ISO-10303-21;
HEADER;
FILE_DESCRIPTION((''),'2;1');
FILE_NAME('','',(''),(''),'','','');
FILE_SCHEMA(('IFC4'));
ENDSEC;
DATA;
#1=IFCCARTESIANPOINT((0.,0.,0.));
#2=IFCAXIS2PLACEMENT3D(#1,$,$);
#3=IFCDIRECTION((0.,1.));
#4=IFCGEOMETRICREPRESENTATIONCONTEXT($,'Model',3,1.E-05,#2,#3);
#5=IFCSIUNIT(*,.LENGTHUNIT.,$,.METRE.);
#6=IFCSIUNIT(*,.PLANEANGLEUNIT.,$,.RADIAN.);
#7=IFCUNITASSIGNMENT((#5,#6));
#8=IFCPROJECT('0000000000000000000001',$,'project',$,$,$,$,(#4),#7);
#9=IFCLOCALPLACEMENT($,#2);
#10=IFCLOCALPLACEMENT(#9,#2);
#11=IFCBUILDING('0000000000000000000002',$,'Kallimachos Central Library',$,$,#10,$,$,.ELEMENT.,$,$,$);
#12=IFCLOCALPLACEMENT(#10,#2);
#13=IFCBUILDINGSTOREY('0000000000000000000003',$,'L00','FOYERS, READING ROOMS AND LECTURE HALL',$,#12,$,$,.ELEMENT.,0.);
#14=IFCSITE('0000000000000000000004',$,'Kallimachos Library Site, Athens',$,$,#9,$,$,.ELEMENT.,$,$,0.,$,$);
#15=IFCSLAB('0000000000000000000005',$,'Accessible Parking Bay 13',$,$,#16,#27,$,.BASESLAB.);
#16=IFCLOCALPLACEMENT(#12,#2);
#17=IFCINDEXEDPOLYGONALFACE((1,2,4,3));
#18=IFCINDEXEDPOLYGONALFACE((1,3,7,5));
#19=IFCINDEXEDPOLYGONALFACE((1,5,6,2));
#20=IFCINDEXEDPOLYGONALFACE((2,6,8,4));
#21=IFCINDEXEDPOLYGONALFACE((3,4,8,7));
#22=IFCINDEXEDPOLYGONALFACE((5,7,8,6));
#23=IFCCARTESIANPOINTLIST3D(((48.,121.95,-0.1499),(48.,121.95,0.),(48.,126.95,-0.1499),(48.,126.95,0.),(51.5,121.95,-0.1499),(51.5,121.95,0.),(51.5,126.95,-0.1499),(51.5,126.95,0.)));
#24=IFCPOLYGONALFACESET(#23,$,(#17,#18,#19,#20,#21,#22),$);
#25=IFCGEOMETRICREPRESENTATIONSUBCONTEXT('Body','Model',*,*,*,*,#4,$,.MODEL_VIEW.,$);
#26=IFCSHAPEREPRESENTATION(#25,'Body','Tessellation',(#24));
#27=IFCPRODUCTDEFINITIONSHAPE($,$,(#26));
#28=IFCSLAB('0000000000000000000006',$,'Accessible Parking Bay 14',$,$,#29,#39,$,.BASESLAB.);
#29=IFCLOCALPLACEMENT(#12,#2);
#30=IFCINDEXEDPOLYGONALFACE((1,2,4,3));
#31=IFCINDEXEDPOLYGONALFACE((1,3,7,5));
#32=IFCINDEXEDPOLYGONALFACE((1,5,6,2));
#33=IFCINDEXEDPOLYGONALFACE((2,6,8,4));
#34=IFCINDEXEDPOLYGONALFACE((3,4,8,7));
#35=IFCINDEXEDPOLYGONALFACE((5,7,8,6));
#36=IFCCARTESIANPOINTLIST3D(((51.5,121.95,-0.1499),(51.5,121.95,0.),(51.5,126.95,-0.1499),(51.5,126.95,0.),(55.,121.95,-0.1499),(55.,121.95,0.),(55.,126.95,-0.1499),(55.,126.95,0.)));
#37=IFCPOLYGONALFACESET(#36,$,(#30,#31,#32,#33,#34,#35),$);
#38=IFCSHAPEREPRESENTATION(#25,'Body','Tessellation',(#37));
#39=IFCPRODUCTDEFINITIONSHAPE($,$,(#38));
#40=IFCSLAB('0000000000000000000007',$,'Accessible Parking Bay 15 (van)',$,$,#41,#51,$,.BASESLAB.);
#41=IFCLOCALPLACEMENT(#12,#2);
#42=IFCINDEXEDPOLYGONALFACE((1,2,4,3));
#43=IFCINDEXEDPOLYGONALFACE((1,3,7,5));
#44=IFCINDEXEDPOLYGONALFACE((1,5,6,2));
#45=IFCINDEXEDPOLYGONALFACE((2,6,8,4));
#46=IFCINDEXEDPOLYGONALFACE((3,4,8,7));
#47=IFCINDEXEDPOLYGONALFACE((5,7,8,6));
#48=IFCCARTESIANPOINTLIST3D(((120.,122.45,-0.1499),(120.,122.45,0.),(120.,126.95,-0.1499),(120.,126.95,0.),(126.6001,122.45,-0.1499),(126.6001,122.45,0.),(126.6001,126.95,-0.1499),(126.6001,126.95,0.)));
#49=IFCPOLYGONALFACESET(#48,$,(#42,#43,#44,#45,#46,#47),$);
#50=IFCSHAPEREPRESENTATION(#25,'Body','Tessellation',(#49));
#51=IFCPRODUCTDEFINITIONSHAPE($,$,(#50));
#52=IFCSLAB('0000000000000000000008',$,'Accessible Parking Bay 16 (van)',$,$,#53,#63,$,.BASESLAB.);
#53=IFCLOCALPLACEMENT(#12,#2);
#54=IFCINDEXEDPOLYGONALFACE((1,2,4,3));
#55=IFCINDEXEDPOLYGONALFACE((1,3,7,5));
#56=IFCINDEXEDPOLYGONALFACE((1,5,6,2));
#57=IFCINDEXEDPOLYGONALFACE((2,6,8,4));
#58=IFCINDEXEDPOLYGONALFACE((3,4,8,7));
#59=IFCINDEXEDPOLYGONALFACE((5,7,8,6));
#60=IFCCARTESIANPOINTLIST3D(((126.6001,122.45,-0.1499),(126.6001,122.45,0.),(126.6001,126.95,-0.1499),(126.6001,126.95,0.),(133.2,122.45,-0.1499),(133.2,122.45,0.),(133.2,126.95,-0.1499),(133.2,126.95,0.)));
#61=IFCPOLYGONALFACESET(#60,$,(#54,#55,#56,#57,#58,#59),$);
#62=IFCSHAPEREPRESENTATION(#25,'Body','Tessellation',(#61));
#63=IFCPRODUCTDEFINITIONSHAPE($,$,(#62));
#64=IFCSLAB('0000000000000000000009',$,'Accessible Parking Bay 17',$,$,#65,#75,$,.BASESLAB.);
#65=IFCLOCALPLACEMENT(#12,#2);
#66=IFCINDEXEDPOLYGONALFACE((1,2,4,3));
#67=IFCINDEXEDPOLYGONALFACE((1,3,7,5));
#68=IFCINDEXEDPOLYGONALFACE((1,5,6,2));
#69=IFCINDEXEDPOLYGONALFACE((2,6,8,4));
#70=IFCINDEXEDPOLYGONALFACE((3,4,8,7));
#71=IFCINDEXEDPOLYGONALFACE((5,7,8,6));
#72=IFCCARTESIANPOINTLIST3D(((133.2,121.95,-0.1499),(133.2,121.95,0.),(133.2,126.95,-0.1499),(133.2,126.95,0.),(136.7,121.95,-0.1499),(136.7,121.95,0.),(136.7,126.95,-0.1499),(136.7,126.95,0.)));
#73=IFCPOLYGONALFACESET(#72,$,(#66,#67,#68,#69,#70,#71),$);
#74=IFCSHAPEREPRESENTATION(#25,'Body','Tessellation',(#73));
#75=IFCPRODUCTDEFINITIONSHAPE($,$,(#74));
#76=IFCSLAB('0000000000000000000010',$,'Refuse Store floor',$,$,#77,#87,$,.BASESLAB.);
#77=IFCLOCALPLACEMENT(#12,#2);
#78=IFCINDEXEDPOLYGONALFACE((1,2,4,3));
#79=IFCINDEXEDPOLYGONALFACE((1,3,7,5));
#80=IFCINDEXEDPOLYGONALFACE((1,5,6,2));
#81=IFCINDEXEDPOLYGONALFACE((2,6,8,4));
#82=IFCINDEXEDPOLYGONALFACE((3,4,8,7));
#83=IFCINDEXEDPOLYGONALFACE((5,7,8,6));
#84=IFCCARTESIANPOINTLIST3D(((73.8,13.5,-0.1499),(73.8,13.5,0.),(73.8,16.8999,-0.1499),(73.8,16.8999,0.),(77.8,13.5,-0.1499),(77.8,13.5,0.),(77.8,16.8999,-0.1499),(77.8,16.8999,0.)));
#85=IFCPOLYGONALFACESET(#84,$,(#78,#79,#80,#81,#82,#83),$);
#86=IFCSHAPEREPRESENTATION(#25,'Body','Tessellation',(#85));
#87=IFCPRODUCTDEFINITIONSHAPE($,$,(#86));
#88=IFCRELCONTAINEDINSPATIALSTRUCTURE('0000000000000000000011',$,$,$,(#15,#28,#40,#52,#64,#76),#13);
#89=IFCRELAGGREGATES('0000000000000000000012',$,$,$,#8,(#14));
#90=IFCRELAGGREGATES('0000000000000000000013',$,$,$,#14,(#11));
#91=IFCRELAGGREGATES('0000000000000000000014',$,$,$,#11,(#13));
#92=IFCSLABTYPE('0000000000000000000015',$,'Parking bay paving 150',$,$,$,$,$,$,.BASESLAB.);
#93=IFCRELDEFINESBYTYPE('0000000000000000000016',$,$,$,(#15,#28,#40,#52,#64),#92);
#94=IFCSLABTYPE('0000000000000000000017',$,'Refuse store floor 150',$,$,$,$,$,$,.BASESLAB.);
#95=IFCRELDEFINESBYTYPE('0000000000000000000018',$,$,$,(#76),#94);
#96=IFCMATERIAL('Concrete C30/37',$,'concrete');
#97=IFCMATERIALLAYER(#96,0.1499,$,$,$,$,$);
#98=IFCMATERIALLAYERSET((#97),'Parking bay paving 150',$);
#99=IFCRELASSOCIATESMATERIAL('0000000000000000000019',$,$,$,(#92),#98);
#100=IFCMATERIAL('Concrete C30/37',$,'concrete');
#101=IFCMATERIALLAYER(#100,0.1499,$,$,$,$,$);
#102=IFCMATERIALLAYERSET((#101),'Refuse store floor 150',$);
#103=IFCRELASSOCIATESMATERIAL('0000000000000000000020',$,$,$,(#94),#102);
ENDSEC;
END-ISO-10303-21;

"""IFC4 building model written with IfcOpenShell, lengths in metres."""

from ifc_helpers import new_model, si_unit, direction, frame, origin, place, context, subcontext, project, spatial, polyline, outline, extrude, material, layer, layer_set, type_object, element, save


model = new_model("IFC4")

# Units and contexts
model_context = context("Model", 3, precision=1e-05, world=origin(), true_north=direction((0.0, 1.0)))
body_context = subcontext(model_context, "Body", "Model", "MODEL_VIEW")
ifc_project = project(units=[si_unit("LENGTHUNIT", "METRE"), si_unit("PLANEANGLEUNIT", "RADIAN")], contexts=[model_context])

# Site, building, storey
site_placement = place(None, origin())
site = spatial("IfcSite", under=ifc_project, at=site_placement, Name="Kallimachos Library Site, Athens", CompositionType="ELEMENT", RefElevation=0.0)
building_placement = place(site_placement, origin())
building = spatial("IfcBuilding", under=site, at=building_placement, Name="Kallimachos Central Library", CompositionType="ELEMENT")
storey_placement = place(building_placement, origin())
storey = spatial("IfcBuildingStorey", under=building, at=storey_placement, Name="L00", Description="FOYERS, READING ROOMS AND LECTURE HALL", CompositionType="ELEMENT", Elevation=0.0)

# Slabs
ifc_material_1 = material(Name="Concrete C30/37", Category="concrete")
ifc_layer_1 = layer(ifc_material_1, 0.1499)
ifc_layer_set_1 = layer_set([ifc_layer_1], Name="Parking bay paving 150")
slab_type_1 = type_object("IfcSlabType", Name="Parking bay paving 150", PredefinedType="BASESLAB", material=ifc_layer_set_1)
slab_1_placement = place(storey_placement, frame((0.0, 0.0, -0.1499)))
element("IfcSlab", 1, at=slab_1_placement, inside=storey, type_object=slab_type_1, Name="Accessible Parking Bay 13", PredefinedType="BASESLAB", context=body_context, shape_type="SweptSolid", body=[
    extrude(outline(polyline([(51.5, 126.95), (51.5, 121.95), (48.0, 121.95), (48.0, 126.95), (51.5, 126.95)])), origin(), (0.0, 0.0, 1.0), 0.1499),
])
slab_2_placement = place(storey_placement, frame((0.0, 0.0, -0.1499)))
element("IfcSlab", 2, at=slab_2_placement, inside=storey, type_object=slab_type_1, Name="Accessible Parking Bay 14", PredefinedType="BASESLAB", context=body_context, shape_type="SweptSolid", body=[
    extrude(outline(polyline([(55.0, 126.95), (55.0, 121.95), (51.5, 121.95), (51.5, 126.95), (55.0, 126.95)])), origin(), (0.0, 0.0, 1.0), 0.1499),
])
slab_3_placement = place(storey_placement, frame((0.0, 0.0, -0.1499)))
element("IfcSlab", 3, at=slab_3_placement, inside=storey, type_object=slab_type_1, Name="Accessible Parking Bay 15 (van)", PredefinedType="BASESLAB", context=body_context, shape_type="SweptSolid", body=[
    extrude(outline(polyline([(120.0, 122.45), (120.0, 126.95), (126.6001, 126.95), (126.6001, 122.45), (120.0, 122.45)])), origin(), (0.0, 0.0, 1.0), 0.1499),
])
slab_4_placement = place(storey_placement, frame((0.0, 0.0, -0.1499)))
element("IfcSlab", 4, at=slab_4_placement, inside=storey, type_object=slab_type_1, Name="Accessible Parking Bay 16 (van)", PredefinedType="BASESLAB", context=body_context, shape_type="SweptSolid", body=[
    extrude(outline(polyline([(133.2, 126.95), (133.2, 122.45), (126.6001, 122.45), (126.6001, 126.95), (133.2, 126.95)])), origin(), (0.0, 0.0, 1.0), 0.1499),
])
slab_5_placement = place(storey_placement, frame((0.0, 0.0, -0.1499)))
element("IfcSlab", 5, at=slab_5_placement, inside=storey, type_object=slab_type_1, Name="Accessible Parking Bay 17", PredefinedType="BASESLAB", context=body_context, shape_type="SweptSolid", body=[
    extrude(outline(polyline([(136.7, 126.95), (136.7, 121.95), (133.2, 121.95), (133.2, 126.95), (136.7, 126.95)])), origin(), (0.0, 0.0, 1.0), 0.1499),
])
ifc_material_2 = material(Name="Concrete C30/37", Category="concrete")
ifc_layer_2 = layer(ifc_material_2, 0.1499)
ifc_layer_set_2 = layer_set([ifc_layer_2], Name="Refuse store floor 150")
slab_type_2 = type_object("IfcSlabType", Name="Refuse store floor 150", PredefinedType="BASESLAB", material=ifc_layer_set_2)
slab_6_placement = place(storey_placement, frame((0.0, 0.0, -0.1499)))
element("IfcSlab", 6, at=slab_6_placement, inside=storey, type_object=slab_type_2, Name="Refuse Store floor", PredefinedType="BASESLAB", context=body_context, shape_type="SweptSolid", body=[
    extrude(outline(polyline([(73.8, 13.5), (77.8, 13.5), (77.8, 16.8999), (73.8, 16.8999), (73.8, 13.5)])), origin(), (0.0, 0.0, 1.0), 0.1499),
])

save(model, "model.ifc")
